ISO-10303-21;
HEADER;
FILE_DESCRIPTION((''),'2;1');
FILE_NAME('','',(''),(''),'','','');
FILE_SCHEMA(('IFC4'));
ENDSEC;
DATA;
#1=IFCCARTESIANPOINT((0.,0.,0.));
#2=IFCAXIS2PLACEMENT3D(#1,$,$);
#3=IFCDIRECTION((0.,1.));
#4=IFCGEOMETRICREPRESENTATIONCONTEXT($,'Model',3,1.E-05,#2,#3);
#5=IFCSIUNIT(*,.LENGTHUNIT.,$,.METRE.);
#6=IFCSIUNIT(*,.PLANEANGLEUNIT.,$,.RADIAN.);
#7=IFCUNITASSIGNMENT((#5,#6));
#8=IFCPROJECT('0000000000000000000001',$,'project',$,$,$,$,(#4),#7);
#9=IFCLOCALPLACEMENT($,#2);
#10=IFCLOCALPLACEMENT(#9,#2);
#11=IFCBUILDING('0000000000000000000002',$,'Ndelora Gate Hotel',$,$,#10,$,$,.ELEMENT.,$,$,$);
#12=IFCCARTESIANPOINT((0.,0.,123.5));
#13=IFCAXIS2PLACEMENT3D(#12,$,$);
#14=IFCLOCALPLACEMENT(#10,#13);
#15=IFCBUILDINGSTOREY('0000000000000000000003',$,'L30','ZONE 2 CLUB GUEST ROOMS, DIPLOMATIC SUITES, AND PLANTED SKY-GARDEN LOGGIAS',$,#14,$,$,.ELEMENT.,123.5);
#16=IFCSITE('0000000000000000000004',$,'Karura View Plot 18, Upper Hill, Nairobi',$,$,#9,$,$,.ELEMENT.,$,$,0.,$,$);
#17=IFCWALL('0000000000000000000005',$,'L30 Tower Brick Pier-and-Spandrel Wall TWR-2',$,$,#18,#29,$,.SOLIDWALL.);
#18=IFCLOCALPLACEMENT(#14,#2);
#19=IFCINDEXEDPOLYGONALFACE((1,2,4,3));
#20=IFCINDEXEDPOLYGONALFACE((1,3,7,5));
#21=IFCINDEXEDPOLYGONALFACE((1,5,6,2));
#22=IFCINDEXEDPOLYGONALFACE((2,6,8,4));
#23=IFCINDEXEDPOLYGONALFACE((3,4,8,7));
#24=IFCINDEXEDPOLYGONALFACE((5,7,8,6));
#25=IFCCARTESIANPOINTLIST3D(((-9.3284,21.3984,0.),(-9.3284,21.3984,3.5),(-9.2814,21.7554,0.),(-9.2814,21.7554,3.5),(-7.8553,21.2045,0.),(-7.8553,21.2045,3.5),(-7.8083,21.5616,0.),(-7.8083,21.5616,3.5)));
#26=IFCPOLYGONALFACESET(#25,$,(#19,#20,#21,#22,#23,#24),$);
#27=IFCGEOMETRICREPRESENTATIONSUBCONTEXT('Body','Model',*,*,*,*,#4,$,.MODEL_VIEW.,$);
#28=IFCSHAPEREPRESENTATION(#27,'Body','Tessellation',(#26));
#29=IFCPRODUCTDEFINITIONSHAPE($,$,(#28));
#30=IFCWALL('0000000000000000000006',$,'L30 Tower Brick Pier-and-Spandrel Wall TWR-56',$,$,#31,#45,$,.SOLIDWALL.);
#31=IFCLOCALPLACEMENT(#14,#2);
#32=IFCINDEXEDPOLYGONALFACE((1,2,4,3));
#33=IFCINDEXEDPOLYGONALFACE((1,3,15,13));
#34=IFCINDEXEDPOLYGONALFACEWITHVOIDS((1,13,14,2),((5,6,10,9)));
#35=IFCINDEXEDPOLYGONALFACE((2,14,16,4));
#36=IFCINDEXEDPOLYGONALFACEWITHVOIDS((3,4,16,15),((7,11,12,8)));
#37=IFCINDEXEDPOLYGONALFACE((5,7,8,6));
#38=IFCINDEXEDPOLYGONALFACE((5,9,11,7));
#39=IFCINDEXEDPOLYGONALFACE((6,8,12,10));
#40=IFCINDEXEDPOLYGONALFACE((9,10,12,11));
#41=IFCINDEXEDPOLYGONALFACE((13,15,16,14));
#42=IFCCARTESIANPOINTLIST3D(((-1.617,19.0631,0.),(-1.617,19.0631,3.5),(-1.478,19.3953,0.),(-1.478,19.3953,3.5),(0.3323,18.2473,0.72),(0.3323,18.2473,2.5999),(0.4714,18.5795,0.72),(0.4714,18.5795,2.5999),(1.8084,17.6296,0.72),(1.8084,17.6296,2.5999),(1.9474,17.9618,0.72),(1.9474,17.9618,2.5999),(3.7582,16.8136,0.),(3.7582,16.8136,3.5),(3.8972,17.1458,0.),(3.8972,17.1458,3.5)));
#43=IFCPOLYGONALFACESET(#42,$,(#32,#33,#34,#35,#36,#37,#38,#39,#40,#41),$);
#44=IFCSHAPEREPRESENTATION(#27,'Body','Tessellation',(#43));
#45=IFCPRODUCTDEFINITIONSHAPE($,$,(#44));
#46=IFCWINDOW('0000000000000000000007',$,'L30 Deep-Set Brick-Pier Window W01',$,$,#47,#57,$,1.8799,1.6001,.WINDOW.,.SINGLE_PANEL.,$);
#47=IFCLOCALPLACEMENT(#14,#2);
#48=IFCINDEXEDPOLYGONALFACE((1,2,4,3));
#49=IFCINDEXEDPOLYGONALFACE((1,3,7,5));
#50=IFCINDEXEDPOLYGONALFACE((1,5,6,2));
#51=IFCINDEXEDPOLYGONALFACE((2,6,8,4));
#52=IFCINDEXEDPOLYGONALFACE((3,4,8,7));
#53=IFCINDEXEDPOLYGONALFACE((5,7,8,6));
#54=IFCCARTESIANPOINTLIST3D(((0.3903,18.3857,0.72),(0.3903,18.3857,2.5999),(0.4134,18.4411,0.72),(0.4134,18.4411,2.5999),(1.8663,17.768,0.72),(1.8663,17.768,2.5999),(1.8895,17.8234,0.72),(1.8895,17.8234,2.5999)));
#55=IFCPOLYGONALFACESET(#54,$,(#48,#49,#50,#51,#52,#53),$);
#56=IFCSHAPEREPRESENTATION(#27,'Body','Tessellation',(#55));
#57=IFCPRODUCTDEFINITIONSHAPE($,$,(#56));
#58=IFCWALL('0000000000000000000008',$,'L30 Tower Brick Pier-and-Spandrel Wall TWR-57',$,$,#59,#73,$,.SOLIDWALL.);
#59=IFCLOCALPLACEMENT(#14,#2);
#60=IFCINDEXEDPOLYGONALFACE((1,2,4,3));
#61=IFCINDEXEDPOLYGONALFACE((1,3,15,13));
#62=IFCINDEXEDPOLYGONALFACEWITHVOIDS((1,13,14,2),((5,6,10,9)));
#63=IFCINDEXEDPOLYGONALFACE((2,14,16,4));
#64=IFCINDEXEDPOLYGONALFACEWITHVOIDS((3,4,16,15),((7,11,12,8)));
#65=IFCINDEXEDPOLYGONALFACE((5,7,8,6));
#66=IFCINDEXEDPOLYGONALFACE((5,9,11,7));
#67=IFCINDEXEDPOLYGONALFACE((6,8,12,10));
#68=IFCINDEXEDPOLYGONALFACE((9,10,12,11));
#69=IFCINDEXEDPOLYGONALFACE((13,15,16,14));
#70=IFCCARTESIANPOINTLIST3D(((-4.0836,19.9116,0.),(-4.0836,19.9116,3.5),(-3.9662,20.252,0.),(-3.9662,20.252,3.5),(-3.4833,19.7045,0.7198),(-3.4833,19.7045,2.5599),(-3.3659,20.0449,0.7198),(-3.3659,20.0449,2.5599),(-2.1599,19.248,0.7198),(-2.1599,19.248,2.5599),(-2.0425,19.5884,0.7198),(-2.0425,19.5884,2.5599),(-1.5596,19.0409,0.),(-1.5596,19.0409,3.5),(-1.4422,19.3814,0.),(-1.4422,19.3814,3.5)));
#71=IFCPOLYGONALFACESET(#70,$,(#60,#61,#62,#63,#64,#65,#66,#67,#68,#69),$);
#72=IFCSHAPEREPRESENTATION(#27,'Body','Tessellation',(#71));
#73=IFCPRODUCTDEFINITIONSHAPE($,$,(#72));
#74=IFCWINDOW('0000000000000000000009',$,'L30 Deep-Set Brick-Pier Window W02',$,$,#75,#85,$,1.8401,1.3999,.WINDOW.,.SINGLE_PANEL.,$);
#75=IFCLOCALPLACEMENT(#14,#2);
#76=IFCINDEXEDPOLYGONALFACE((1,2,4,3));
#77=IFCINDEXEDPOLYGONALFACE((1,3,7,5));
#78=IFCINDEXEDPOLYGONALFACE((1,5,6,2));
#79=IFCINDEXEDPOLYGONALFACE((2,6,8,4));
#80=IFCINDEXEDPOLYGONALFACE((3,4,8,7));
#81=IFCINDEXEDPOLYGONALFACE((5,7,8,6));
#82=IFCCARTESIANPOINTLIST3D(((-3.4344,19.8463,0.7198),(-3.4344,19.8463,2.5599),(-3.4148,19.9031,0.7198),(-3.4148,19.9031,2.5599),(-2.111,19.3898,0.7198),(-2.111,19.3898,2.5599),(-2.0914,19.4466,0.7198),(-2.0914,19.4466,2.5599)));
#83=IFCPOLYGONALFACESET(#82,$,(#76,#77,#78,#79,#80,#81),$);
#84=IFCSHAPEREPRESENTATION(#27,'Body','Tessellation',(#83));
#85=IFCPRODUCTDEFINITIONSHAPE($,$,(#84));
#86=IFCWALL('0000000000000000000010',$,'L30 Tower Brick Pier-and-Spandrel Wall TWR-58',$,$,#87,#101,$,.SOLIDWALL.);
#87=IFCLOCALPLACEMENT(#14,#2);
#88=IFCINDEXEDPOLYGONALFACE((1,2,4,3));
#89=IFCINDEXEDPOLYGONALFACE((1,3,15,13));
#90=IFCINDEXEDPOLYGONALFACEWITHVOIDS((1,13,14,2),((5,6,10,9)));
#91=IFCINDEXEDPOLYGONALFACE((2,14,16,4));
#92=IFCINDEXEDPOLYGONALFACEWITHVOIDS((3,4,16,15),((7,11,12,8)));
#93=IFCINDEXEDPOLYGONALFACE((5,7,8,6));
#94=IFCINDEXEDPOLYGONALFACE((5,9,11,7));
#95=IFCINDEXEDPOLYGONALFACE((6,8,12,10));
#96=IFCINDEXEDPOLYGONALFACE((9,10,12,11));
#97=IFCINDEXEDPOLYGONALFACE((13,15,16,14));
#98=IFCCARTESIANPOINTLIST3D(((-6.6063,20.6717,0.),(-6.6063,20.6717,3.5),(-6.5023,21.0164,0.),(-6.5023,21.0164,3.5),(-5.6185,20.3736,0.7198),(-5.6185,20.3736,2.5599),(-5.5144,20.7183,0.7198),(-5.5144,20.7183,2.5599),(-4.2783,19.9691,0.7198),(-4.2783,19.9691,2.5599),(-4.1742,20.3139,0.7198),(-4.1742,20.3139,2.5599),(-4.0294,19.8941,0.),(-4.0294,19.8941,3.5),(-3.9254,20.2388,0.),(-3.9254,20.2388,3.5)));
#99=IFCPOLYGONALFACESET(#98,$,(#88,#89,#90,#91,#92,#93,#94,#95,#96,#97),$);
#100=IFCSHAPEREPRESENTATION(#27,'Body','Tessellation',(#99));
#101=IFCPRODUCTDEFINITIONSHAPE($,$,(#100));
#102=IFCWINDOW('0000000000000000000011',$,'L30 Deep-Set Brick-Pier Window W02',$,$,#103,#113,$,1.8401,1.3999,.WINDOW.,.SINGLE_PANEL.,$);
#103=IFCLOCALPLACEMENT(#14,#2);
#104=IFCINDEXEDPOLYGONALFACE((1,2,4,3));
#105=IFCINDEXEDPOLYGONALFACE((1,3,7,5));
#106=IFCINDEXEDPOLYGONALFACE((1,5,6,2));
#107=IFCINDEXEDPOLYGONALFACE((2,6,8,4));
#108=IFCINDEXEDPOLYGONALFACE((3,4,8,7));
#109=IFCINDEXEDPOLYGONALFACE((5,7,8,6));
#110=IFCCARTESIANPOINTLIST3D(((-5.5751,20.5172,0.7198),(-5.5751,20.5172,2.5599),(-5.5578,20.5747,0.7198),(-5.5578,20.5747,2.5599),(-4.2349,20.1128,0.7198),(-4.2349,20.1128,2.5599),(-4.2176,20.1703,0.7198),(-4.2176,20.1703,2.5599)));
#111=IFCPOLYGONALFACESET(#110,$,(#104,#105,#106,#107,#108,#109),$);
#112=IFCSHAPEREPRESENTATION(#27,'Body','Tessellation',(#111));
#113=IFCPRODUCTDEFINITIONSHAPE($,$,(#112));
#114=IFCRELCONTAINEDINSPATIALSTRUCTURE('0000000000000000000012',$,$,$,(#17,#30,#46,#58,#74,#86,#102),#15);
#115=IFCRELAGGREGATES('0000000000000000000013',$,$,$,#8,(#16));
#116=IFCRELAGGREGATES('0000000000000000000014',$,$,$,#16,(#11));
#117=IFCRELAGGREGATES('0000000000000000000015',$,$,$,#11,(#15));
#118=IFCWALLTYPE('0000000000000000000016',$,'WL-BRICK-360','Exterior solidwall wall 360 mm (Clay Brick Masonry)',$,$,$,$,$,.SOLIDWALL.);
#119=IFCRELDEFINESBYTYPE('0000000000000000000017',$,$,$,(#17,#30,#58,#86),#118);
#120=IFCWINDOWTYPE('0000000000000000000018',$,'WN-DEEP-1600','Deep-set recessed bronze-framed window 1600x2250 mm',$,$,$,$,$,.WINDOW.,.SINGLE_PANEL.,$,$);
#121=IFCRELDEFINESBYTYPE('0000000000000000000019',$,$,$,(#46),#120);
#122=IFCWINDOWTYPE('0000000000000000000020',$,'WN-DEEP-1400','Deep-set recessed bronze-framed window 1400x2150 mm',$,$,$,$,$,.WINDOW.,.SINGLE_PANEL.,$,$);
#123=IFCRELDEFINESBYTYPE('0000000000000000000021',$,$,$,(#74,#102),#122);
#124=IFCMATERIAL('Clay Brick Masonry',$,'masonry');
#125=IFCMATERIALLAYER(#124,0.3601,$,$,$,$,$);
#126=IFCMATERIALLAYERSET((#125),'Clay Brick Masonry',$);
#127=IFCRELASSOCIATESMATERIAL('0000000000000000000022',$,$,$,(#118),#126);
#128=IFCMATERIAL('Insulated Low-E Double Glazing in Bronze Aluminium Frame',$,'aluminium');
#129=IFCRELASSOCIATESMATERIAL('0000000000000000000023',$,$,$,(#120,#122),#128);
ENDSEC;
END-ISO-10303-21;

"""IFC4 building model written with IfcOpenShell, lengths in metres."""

from ifc_helpers import new_model, si_unit, direction, frame, frame_2d, origin, place, context, subcontext, project, spatial, rectangle, extrude, material, layer, layer_set, type_object, element, fill, save


model = new_model("IFC4")

# Units and contexts
model_context = context("Model", 3, precision=1e-05, world=origin(), true_north=direction((0.0, 1.0)))
body_context = subcontext(model_context, "Body", "Model", "MODEL_VIEW")
ifc_project = project(units=[si_unit("LENGTHUNIT", "METRE"), si_unit("PLANEANGLEUNIT", "RADIAN")], contexts=[model_context])

# Site, building, storey
site_placement = place(None, origin())
site = spatial("IfcSite", under=ifc_project, at=site_placement, Name="Karura View Plot 18, Upper Hill, Nairobi", CompositionType="ELEMENT", RefElevation=0.0)
building_placement = place(site_placement, origin())
building = spatial("IfcBuilding", under=site, at=building_placement, Name="Ndelora Gate Hotel", CompositionType="ELEMENT")
storey_placement = place(building_placement, frame((0.0, 0.0, 123.5)))
storey = spatial("IfcBuildingStorey", under=building, at=storey_placement, Name="L30", Description="ZONE 2 CLUB GUEST ROOMS, DIPLOMATIC SUITES, AND PLANTED SKY-GARDEN LOGGIAS", CompositionType="ELEMENT", Elevation=123.5)

# Shared definitions
ifc_material_1 = material(Name="Clay Brick Masonry", Category="masonry")
ifc_layer_1 = layer(ifc_material_1, 0.3601)
ifc_layer_set_1 = layer_set([ifc_layer_1], Name="Clay Brick Masonry")
wall_type_1 = type_object("IfcWallType", Name="WL-BRICK-360", Description="Exterior solidwall wall 360 mm (Clay Brick Masonry)", PredefinedType="SOLIDWALL", material=ifc_layer_set_1)

# Wall
for number, where, z_axis, x_axis, name in (
    (1, (-9.3049, 21.5769, 0.0), (0.0, 0.0, 1.0), (0.991453, -0.130463, 0.0), "L30 Tower Brick Pier-and-Spandrel Wall TWR-2"),
):
    element("IfcWall", number, at=place(storey_placement, frame(where, z_axis=z_axis, x_axis=x_axis)), inside=storey, type_object=wall_type_1, Name=name, PredefinedType="SOLIDWALL", context=body_context, shape_type="SweptSolid", body=[
        extrude(rectangle(XDim=1.4858, YDim=0.3601, at=frame_2d((0.7429, 0.0))), origin(), (0.0, 0.0, 1.0), 3.5),
    ])

# Walls, openings, windows
wall_1_placement = place(storey_placement, frame((-1.5476, 19.2292, 0.0), z_axis=(0.0, 0.0, 1.0), x_axis=(0.922477, -0.386052, 0.0)))
wall_1 = element("IfcWall", 2, at=wall_1_placement, inside=storey, type_object=wall_type_1, Name="L30 Tower Brick Pier-and-Spandrel Wall TWR-56", PredefinedType="SOLIDWALL", context=body_context, shape_type="SweptSolid", body=[
    extrude(rectangle(XDim=5.8269, YDim=0.3601, at=frame_2d((2.9136, 0.0))), origin(), (0.0, 0.0, 1.0), 3.5),
])
opening_1_placement = place(wall_1_placement, frame((2.1133, 0.0, 0.72)))
opening_1 = element("IfcOpeningElement", 3, at=opening_1_placement, cuts=wall_1, PredefinedType="OPENING", context=body_context, shape_type="SweptSolid", body=[
    extrude(rectangle(XDim=1.6001, YDim=1.8799, at=frame_2d((0.8, 0.9399))), frame((0.0, 0.1899, 0.0), z_axis=(0.0, -1.0, 0.0), x_axis=(1.0, 0.0, 0.0)), (0.0, 0.0, 1.0), 0.3801),
])
ifc_material_2 = material(Name="Insulated Low-E Double Glazing in Bronze Aluminium Frame", Category="aluminium")
window_type_1 = type_object("IfcWindowType", Name="WN-DEEP-1600", Description="Deep-set recessed bronze-framed window 1600x2250 mm", PartitioningType="SINGLE_PANEL", PredefinedType="WINDOW", material=ifc_material_2)
window_1_placement = place(opening_1_placement, origin())
window_1 = element("IfcWindow", 4, at=window_1_placement, inside=storey, type_object=window_type_1, Name="L30 Deep-Set Brick-Pier Window W01", OverallHeight=1.8799, OverallWidth=1.6001, PartitioningType="SINGLE_PANEL", PredefinedType="WINDOW", context=body_context, shape_type="SweptSolid", body=[
    extrude(rectangle(XDim=1.6001, YDim=1.8799, at=frame_2d((0.8, 0.9399))), frame((0.0, 0.03, 0.0), z_axis=(0.0, -1.0, 0.0), x_axis=(1.0, 0.0, 0.0)), (0.0, 0.0, 1.0), 0.0601),
])
fill(opening_1, window_1)
wall_2_placement = place(storey_placement, frame((-4.0249, 20.0818, 0.0), z_axis=(0.0, 0.0, 1.0), x_axis=(0.94534, -0.326086, 0.0)))
wall_2 = element("IfcWall", 5, at=wall_2_placement, inside=storey, type_object=wall_type_1, Name="L30 Tower Brick Pier-and-Spandrel Wall TWR-57", PredefinedType="SOLIDWALL", context=body_context, shape_type="SweptSolid", body=[
    extrude(rectangle(XDim=2.6699, YDim=0.3601, at=frame_2d((1.335, 0.0))), origin(), (0.0, 0.0, 1.0), 3.5),
])
opening_2_placement = place(wall_2_placement, frame((0.635, 0.0, 0.72)))
opening_2 = element("IfcOpeningElement", 6, at=opening_2_placement, cuts=wall_2, PredefinedType="OPENING", context=body_context, shape_type="SweptSolid", body=[
    extrude(rectangle(XDim=1.3999, YDim=1.8401, at=frame_2d((0.7, 0.9199))), frame((0.0, 0.1899, 0.0), z_axis=(0.0, -1.0, 0.0), x_axis=(1.0, 0.0, 0.0)), (0.0, 0.0, 1.0), 0.3801),
])
window_type_2 = type_object("IfcWindowType", Name="WN-DEEP-1400", Description="Deep-set recessed bronze-framed window 1400x2150 mm", PartitioningType="SINGLE_PANEL", PredefinedType="WINDOW", material=ifc_material_2)
window_2_placement = place(opening_2_placement, origin())
window_2 = element("IfcWindow", 7, at=window_2_placement, inside=storey, type_object=window_type_2, Name="L30 Deep-Set Brick-Pier Window W02", OverallHeight=1.8401, OverallWidth=1.3999, PartitioningType="SINGLE_PANEL", PredefinedType="WINDOW", context=body_context, shape_type="SweptSolid", body=[
    extrude(rectangle(XDim=1.3999, YDim=1.8401, at=frame_2d((0.7, 0.9199))), frame((0.0, 0.03, 0.0), z_axis=(0.0, -1.0, 0.0), x_axis=(1.0, 0.0, 0.0)), (0.0, 0.0, 1.0), 0.0601),
])
fill(opening_2, window_2)
wall_3_placement = place(storey_placement, frame((-6.5542, 20.844, 0.0), z_axis=(0.0, 0.0, 1.0), x_axis=(0.957363, -0.288887, 0.0)))
wall_3 = element("IfcWall", 8, at=wall_3_placement, inside=storey, type_object=wall_type_1, Name="L30 Tower Brick Pier-and-Spandrel Wall TWR-58", PredefinedType="SOLIDWALL", context=body_context, shape_type="SweptSolid", body=[
    extrude(rectangle(XDim=2.6917, YDim=0.3601, at=frame_2d((1.3457, 0.0))), origin(), (0.0, 0.0, 1.0), 3.5),
])
opening_3_placement = place(wall_3_placement, frame((1.0317, 0.0, 0.72)))
opening_3 = element("IfcOpeningElement", 9, at=opening_3_placement, cuts=wall_3, PredefinedType="OPENING", context=body_context, shape_type="SweptSolid", body=[
    extrude(rectangle(XDim=1.3999, YDim=1.8401, at=frame_2d((0.7, 0.9199))), frame((0.0, 0.1899, 0.0), z_axis=(0.0, -1.0, 0.0), x_axis=(1.0, 0.0, 0.0)), (0.0, 0.0, 1.0), 0.3801),
])
window_3_placement = place(opening_3_placement, origin())
window_3 = element("IfcWindow", 10, at=window_3_placement, inside=storey, type_object=window_type_2, Name="L30 Deep-Set Brick-Pier Window W02", OverallHeight=1.8401, OverallWidth=1.3999, PartitioningType="SINGLE_PANEL", PredefinedType="WINDOW", context=body_context, shape_type="SweptSolid", body=[
    extrude(rectangle(XDim=1.3999, YDim=1.8401, at=frame_2d((0.7, 0.9199))), frame((0.0, 0.03, 0.0), z_axis=(0.0, -1.0, 0.0), x_axis=(1.0, 0.0, 0.0)), (0.0, 0.0, 1.0), 0.0601),
])
fill(opening_3, window_3)

save(model, "model.ifc")
